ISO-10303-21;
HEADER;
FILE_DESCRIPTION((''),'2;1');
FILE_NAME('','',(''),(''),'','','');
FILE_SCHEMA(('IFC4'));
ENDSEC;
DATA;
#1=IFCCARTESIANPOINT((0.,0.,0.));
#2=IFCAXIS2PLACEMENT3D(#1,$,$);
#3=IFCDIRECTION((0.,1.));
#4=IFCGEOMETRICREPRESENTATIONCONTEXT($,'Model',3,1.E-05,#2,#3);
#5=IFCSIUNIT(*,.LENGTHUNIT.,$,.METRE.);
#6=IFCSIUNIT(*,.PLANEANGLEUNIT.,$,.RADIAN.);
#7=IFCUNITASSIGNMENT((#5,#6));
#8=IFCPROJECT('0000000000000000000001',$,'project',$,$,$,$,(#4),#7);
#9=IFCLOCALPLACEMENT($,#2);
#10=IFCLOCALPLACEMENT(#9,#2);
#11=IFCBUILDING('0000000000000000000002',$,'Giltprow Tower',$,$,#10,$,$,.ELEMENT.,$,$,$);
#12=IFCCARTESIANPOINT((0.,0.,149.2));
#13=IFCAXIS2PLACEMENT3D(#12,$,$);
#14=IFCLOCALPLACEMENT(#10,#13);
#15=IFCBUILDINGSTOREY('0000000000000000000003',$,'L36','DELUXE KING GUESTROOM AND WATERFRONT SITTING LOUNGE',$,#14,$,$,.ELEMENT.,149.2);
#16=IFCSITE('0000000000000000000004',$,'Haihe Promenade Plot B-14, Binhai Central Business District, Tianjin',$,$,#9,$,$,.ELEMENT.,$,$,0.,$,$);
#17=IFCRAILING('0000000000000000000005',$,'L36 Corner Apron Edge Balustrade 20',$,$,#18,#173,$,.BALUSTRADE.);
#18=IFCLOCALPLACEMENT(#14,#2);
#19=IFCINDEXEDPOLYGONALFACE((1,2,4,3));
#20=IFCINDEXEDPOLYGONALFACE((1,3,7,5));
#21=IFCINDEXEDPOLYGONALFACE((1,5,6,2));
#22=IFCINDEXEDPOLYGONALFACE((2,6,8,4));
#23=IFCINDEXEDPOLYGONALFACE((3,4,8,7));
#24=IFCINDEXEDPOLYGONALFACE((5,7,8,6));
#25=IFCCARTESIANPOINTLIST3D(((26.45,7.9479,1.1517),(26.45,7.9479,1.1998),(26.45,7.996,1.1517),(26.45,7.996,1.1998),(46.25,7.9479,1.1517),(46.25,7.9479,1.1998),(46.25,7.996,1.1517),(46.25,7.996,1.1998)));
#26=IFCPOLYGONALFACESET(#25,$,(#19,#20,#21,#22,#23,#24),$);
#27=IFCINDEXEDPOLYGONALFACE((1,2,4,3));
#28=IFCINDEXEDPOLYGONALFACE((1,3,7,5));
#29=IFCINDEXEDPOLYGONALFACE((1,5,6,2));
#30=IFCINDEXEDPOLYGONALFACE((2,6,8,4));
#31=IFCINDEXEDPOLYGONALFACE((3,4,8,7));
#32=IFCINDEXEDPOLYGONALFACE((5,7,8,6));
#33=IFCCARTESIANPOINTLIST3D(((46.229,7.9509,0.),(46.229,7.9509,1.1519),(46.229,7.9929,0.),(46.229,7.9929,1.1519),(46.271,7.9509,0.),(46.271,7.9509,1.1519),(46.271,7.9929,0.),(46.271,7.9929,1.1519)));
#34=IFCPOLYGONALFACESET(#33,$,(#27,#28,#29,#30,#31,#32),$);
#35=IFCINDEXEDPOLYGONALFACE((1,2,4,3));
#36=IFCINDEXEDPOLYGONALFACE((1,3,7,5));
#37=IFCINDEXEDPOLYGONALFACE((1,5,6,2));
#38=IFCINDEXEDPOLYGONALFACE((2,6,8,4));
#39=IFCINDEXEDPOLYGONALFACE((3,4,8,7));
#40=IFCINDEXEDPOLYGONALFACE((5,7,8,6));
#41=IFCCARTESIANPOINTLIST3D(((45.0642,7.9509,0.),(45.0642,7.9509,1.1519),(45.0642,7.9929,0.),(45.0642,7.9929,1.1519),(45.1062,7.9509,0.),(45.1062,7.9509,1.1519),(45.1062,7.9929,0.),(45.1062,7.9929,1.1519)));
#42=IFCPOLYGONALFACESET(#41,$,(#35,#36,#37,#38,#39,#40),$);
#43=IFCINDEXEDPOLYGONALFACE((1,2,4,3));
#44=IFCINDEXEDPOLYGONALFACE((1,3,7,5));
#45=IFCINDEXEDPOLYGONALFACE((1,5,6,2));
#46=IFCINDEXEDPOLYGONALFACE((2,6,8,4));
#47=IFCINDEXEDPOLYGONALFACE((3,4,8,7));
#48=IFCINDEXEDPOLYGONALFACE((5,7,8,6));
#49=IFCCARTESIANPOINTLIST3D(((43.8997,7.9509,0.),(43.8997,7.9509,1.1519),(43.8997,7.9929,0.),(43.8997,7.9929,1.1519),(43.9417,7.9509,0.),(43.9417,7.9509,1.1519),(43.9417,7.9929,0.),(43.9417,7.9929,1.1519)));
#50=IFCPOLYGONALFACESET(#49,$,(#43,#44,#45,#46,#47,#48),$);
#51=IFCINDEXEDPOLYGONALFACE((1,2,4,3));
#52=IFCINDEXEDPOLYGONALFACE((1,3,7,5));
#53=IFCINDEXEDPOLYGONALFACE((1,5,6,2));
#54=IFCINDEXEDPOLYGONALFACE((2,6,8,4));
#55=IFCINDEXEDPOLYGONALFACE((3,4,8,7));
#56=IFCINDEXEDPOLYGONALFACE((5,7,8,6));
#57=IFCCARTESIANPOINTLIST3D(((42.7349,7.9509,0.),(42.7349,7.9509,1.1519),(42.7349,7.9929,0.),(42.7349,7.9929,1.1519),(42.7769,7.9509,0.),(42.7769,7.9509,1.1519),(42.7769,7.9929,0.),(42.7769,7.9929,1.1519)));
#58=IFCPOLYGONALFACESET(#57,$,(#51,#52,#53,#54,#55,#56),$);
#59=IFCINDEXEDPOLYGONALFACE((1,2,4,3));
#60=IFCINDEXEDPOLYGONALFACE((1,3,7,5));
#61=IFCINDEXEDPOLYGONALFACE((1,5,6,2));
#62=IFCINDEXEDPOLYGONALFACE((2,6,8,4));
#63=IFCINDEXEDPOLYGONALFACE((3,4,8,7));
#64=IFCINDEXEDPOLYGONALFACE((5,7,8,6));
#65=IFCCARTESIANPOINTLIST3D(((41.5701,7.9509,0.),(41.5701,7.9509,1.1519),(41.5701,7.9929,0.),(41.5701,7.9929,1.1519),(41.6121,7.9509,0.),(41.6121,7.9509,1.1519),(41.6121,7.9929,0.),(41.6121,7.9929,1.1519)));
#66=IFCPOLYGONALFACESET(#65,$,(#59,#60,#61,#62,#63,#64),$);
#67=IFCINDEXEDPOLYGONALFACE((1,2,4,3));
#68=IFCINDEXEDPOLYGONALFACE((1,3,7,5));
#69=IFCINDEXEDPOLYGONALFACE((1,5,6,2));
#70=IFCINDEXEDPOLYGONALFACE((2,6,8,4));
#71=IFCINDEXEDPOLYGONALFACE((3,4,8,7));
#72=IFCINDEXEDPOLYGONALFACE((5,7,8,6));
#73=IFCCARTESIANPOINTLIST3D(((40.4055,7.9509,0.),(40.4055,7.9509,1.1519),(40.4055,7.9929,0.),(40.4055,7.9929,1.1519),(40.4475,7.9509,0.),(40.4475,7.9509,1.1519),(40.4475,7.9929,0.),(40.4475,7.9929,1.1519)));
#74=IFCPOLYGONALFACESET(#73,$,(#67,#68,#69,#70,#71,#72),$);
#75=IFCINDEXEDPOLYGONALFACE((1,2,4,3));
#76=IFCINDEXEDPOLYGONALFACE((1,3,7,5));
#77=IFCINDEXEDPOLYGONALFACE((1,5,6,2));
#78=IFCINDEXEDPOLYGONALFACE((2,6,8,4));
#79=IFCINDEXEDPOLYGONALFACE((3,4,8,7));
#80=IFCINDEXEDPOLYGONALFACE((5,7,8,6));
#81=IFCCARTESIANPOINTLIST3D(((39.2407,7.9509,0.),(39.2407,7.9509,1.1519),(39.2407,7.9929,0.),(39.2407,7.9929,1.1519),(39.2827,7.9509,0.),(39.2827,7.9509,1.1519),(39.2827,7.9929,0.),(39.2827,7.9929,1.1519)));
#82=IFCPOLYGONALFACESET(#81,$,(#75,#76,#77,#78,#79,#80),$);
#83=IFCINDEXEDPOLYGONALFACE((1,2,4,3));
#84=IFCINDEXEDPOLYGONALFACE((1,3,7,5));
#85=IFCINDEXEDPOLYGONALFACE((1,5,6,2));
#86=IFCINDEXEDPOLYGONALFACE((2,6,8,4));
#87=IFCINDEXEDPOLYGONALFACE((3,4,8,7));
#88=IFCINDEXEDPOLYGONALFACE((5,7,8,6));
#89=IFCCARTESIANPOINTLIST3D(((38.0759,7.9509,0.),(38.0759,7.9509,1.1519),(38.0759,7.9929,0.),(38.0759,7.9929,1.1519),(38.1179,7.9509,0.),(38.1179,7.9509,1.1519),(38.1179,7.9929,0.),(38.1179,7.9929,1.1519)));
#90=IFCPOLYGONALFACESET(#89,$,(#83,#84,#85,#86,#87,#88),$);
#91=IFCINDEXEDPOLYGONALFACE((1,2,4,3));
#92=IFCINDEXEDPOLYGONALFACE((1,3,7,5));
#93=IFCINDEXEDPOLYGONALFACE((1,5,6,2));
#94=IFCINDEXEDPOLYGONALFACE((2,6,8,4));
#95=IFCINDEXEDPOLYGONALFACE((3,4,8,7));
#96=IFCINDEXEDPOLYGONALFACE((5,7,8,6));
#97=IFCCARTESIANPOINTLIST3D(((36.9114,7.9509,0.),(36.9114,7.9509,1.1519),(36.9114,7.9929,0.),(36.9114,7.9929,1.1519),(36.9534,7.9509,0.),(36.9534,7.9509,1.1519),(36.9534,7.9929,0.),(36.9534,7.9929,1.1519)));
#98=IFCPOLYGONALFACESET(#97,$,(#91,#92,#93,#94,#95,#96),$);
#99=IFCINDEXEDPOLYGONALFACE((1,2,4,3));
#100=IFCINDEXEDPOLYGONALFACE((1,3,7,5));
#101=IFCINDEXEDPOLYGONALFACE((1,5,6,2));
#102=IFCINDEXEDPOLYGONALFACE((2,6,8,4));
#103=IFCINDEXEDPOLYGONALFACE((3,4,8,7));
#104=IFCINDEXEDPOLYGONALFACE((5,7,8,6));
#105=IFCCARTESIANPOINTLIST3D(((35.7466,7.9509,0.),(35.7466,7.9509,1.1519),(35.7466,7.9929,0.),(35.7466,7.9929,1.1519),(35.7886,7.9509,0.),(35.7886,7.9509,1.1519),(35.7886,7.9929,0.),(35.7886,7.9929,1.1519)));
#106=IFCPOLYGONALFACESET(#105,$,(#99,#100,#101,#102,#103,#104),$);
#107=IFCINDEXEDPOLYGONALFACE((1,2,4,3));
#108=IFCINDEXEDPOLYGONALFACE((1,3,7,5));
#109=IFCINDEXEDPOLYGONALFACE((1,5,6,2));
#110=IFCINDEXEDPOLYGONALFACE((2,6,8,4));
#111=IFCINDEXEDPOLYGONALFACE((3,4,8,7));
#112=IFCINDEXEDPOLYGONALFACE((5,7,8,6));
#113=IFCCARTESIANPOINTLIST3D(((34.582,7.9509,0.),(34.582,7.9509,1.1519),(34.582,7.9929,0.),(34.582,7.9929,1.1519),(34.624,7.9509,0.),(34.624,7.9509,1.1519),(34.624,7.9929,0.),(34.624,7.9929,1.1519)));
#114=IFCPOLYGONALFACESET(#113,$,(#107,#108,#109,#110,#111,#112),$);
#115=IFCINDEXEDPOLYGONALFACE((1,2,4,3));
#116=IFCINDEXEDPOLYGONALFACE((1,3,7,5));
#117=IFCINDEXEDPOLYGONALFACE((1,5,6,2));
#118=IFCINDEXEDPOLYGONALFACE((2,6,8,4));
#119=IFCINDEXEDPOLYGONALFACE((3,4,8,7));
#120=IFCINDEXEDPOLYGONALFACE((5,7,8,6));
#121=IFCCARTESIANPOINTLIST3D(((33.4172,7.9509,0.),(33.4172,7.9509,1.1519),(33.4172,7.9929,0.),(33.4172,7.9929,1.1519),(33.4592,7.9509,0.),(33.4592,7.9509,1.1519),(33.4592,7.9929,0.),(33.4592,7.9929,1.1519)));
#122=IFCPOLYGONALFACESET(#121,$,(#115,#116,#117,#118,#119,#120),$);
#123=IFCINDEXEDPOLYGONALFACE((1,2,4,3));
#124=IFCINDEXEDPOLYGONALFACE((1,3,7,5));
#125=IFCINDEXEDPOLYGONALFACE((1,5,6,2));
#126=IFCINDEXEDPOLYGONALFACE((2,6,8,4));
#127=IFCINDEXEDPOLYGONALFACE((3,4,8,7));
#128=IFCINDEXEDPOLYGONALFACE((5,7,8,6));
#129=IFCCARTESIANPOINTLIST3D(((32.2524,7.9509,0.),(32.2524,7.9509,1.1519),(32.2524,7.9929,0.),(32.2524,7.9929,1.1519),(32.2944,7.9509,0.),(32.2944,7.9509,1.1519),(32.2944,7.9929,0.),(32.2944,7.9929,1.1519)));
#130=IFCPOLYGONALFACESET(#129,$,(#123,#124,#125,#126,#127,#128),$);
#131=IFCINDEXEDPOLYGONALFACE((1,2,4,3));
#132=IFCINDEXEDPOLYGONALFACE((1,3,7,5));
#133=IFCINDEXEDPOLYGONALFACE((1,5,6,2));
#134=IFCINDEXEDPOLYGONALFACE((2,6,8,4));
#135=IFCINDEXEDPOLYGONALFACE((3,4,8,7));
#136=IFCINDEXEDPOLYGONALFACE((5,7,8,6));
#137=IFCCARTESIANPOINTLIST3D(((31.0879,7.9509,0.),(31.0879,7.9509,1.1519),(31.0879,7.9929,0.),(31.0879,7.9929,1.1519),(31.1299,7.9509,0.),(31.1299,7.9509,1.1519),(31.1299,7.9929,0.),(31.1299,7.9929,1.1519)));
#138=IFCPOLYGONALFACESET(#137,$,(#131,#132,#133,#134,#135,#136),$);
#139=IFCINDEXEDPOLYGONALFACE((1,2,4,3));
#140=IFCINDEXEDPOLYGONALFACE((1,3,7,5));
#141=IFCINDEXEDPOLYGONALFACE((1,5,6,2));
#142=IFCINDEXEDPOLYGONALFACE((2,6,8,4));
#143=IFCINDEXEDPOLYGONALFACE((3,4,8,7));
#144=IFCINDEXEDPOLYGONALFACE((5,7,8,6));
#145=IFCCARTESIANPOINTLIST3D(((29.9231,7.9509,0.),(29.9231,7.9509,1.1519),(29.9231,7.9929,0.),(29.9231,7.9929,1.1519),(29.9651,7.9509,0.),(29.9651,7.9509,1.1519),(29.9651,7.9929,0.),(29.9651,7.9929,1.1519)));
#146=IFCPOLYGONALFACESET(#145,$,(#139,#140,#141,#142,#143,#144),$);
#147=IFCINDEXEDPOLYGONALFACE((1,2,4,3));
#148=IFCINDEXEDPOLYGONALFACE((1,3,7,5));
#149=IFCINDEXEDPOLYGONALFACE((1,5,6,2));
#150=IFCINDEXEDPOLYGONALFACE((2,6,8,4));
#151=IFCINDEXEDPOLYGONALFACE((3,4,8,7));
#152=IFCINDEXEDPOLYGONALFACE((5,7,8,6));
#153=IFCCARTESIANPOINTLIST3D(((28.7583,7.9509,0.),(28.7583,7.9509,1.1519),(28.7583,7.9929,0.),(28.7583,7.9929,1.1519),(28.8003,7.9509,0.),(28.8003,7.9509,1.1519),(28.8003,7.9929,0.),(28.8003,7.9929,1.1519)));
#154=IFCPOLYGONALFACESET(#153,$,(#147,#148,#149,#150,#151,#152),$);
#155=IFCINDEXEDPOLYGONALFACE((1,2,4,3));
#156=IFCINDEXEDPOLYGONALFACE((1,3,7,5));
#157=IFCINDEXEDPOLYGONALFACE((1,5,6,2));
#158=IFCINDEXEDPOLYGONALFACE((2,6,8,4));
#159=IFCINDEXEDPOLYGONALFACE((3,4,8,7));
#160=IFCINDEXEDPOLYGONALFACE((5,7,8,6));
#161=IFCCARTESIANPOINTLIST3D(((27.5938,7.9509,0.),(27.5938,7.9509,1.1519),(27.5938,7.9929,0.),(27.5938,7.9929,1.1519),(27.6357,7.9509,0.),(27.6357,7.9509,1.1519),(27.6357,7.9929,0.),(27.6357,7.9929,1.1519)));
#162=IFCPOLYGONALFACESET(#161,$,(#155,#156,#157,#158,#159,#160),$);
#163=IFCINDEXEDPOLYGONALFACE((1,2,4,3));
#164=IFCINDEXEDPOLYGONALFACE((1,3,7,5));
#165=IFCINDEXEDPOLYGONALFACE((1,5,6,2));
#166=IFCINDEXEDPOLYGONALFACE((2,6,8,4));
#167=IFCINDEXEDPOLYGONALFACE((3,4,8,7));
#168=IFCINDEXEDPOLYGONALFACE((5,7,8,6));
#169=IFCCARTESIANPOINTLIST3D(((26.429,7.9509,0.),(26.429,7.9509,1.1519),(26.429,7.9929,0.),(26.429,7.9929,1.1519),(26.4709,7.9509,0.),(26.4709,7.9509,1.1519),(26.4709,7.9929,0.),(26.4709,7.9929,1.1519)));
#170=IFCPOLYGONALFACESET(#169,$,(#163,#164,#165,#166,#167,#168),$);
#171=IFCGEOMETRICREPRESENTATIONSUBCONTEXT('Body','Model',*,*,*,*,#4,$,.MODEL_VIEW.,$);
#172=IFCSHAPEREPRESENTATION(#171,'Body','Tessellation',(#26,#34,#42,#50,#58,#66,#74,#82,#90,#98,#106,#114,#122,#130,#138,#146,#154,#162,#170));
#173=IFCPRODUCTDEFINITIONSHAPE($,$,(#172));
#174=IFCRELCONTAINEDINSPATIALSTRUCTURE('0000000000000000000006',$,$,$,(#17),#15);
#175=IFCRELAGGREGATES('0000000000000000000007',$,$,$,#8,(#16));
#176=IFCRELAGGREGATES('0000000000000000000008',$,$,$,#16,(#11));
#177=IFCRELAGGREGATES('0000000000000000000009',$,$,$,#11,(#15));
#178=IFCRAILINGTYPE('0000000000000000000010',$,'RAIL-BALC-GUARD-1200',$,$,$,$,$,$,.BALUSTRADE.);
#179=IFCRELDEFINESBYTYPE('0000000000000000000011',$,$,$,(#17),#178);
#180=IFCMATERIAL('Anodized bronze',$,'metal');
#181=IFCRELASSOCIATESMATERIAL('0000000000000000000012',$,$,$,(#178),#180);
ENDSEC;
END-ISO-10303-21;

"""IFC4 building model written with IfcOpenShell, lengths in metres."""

from ifc_helpers import new_model, si_unit, direction, frame, origin, origin_2d, place, context, subcontext, project, spatial, rectangle, extrude, material, type_object, element, save


model = new_model("IFC4")

# Units and contexts
model_context = context("Model", 3, precision=1e-05, world=origin(), true_north=direction((0.0, 1.0)))
body_context = subcontext(model_context, "Body", "Model", "MODEL_VIEW")
ifc_project = project(units=[si_unit("LENGTHUNIT", "METRE"), si_unit("PLANEANGLEUNIT", "RADIAN")], contexts=[model_context])

# Site, building, storey
site_placement = place(None, origin())
site = spatial("IfcSite", under=ifc_project, at=site_placement, Name="Haihe Promenade Plot B-14, Binhai Central Business District, Tianjin", CompositionType="ELEMENT", RefElevation=0.0)
building_placement = place(site_placement, origin())
building = spatial("IfcBuilding", under=site, at=building_placement, Name="Giltprow Tower", CompositionType="ELEMENT")
storey_placement = place(building_placement, frame((0.0, 0.0, 149.2)))
storey = spatial("IfcBuildingStorey", under=building, at=storey_placement, Name="L36", Description="DELUXE KING GUESTROOM AND WATERFRONT SITTING LOUNGE", CompositionType="ELEMENT", Elevation=149.2)

# Shared definitions
ifc_material_1 = material(Name="Anodized bronze", Category="metal")

# Railing
railing_type = type_object("IfcRailingType", Name="RAIL-BALC-GUARD-1200", PredefinedType="BALUSTRADE", material=ifc_material_1)
railing_1_placement = place(storey_placement, frame((46.25, 7.9719, 0.0)))
element("IfcRailing", 1, at=railing_1_placement, inside=storey, type_object=railing_type, Name="L36 Corner Apron Edge Balustrade 20", PredefinedType="BALUSTRADE", context=body_context, shape_type="SweptSolid", body=[
    extrude(rectangle(XDim=0.0481, YDim=0.0481, at=origin_2d()), frame((0.0, 0.0, 1.1758), z_axis=(-1.0, 0.0, 0.0), x_axis=(0.0, -1.0, 0.0)), (0.0, 0.0, 1.0), 19.8),
    extrude(rectangle(XDim=0.042, YDim=0.042, at=origin_2d()), origin(), (0.0, 0.0, 1.0), 1.1519),
    extrude(rectangle(XDim=0.042, YDim=0.042, at=origin_2d()), frame((-1.1648, 0.0, 0.0)), (0.0, 0.0, 1.0), 1.1519),
    extrude(rectangle(XDim=0.042, YDim=0.042, at=origin_2d()), frame((-2.3293, 0.0, 0.0)), (0.0, 0.0, 1.0), 1.1519),
    extrude(rectangle(XDim=0.042, YDim=0.042, at=origin_2d()), frame((-3.4941, 0.0, 0.0)), (0.0, 0.0, 1.0), 1.1519),
    extrude(rectangle(XDim=0.042, YDim=0.042, at=origin_2d()), frame((-4.6589, 0.0, 0.0)), (0.0, 0.0, 1.0), 1.1519),
    extrude(rectangle(XDim=0.042, YDim=0.042, at=origin_2d()), frame((-5.8235, 0.0, 0.0)), (0.0, 0.0, 1.0), 1.1519),
    extrude(rectangle(XDim=0.042, YDim=0.042, at=origin_2d()), frame((-6.9883, 0.0, 0.0)), (0.0, 0.0, 1.0), 1.1519),
    extrude(rectangle(XDim=0.042, YDim=0.042, at=origin_2d()), frame((-8.1531, 0.0, 0.0)), (0.0, 0.0, 1.0), 1.1519),
    extrude(rectangle(XDim=0.042, YDim=0.042, at=origin_2d()), frame((-9.3176, 0.0, 0.0)), (0.0, 0.0, 1.0), 1.1519),
    extrude(rectangle(XDim=0.042, YDim=0.042, at=origin_2d()), frame((-10.4824, 0.0, 0.0)), (0.0, 0.0, 1.0), 1.1519),
    extrude(rectangle(XDim=0.042, YDim=0.042, at=origin_2d()), frame((-11.647, 0.0, 0.0)), (0.0, 0.0, 1.0), 1.1519),
    extrude(rectangle(XDim=0.042, YDim=0.042, at=origin_2d()), frame((-12.8118, 0.0, 0.0)), (0.0, 0.0, 1.0), 1.1519),
    extrude(rectangle(XDim=0.042, YDim=0.042, at=origin_2d()), frame((-13.9766, 0.0, 0.0)), (0.0, 0.0, 1.0), 1.1519),
    extrude(rectangle(XDim=0.042, YDim=0.042, at=origin_2d()), frame((-15.1411, 0.0, 0.0)), (0.0, 0.0, 1.0), 1.1519),
    extrude(rectangle(XDim=0.042, YDim=0.042, at=origin_2d()), frame((-16.3059, 0.0, 0.0)), (0.0, 0.0, 1.0), 1.1519),
    extrude(rectangle(XDim=0.042, YDim=0.042, at=origin_2d()), frame((-17.4707, 0.0, 0.0)), (0.0, 0.0, 1.0), 1.1519),
    extrude(rectangle(XDim=0.042, YDim=0.042, at=origin_2d()), frame((-18.6353, 0.0, 0.0)), (0.0, 0.0, 1.0), 1.1519),
    extrude(rectangle(XDim=0.042, YDim=0.042, at=origin_2d()), frame((-19.8, 0.0, 0.0)), (0.0, 0.0, 1.0), 1.1519),
])

save(model, "model.ifc")
